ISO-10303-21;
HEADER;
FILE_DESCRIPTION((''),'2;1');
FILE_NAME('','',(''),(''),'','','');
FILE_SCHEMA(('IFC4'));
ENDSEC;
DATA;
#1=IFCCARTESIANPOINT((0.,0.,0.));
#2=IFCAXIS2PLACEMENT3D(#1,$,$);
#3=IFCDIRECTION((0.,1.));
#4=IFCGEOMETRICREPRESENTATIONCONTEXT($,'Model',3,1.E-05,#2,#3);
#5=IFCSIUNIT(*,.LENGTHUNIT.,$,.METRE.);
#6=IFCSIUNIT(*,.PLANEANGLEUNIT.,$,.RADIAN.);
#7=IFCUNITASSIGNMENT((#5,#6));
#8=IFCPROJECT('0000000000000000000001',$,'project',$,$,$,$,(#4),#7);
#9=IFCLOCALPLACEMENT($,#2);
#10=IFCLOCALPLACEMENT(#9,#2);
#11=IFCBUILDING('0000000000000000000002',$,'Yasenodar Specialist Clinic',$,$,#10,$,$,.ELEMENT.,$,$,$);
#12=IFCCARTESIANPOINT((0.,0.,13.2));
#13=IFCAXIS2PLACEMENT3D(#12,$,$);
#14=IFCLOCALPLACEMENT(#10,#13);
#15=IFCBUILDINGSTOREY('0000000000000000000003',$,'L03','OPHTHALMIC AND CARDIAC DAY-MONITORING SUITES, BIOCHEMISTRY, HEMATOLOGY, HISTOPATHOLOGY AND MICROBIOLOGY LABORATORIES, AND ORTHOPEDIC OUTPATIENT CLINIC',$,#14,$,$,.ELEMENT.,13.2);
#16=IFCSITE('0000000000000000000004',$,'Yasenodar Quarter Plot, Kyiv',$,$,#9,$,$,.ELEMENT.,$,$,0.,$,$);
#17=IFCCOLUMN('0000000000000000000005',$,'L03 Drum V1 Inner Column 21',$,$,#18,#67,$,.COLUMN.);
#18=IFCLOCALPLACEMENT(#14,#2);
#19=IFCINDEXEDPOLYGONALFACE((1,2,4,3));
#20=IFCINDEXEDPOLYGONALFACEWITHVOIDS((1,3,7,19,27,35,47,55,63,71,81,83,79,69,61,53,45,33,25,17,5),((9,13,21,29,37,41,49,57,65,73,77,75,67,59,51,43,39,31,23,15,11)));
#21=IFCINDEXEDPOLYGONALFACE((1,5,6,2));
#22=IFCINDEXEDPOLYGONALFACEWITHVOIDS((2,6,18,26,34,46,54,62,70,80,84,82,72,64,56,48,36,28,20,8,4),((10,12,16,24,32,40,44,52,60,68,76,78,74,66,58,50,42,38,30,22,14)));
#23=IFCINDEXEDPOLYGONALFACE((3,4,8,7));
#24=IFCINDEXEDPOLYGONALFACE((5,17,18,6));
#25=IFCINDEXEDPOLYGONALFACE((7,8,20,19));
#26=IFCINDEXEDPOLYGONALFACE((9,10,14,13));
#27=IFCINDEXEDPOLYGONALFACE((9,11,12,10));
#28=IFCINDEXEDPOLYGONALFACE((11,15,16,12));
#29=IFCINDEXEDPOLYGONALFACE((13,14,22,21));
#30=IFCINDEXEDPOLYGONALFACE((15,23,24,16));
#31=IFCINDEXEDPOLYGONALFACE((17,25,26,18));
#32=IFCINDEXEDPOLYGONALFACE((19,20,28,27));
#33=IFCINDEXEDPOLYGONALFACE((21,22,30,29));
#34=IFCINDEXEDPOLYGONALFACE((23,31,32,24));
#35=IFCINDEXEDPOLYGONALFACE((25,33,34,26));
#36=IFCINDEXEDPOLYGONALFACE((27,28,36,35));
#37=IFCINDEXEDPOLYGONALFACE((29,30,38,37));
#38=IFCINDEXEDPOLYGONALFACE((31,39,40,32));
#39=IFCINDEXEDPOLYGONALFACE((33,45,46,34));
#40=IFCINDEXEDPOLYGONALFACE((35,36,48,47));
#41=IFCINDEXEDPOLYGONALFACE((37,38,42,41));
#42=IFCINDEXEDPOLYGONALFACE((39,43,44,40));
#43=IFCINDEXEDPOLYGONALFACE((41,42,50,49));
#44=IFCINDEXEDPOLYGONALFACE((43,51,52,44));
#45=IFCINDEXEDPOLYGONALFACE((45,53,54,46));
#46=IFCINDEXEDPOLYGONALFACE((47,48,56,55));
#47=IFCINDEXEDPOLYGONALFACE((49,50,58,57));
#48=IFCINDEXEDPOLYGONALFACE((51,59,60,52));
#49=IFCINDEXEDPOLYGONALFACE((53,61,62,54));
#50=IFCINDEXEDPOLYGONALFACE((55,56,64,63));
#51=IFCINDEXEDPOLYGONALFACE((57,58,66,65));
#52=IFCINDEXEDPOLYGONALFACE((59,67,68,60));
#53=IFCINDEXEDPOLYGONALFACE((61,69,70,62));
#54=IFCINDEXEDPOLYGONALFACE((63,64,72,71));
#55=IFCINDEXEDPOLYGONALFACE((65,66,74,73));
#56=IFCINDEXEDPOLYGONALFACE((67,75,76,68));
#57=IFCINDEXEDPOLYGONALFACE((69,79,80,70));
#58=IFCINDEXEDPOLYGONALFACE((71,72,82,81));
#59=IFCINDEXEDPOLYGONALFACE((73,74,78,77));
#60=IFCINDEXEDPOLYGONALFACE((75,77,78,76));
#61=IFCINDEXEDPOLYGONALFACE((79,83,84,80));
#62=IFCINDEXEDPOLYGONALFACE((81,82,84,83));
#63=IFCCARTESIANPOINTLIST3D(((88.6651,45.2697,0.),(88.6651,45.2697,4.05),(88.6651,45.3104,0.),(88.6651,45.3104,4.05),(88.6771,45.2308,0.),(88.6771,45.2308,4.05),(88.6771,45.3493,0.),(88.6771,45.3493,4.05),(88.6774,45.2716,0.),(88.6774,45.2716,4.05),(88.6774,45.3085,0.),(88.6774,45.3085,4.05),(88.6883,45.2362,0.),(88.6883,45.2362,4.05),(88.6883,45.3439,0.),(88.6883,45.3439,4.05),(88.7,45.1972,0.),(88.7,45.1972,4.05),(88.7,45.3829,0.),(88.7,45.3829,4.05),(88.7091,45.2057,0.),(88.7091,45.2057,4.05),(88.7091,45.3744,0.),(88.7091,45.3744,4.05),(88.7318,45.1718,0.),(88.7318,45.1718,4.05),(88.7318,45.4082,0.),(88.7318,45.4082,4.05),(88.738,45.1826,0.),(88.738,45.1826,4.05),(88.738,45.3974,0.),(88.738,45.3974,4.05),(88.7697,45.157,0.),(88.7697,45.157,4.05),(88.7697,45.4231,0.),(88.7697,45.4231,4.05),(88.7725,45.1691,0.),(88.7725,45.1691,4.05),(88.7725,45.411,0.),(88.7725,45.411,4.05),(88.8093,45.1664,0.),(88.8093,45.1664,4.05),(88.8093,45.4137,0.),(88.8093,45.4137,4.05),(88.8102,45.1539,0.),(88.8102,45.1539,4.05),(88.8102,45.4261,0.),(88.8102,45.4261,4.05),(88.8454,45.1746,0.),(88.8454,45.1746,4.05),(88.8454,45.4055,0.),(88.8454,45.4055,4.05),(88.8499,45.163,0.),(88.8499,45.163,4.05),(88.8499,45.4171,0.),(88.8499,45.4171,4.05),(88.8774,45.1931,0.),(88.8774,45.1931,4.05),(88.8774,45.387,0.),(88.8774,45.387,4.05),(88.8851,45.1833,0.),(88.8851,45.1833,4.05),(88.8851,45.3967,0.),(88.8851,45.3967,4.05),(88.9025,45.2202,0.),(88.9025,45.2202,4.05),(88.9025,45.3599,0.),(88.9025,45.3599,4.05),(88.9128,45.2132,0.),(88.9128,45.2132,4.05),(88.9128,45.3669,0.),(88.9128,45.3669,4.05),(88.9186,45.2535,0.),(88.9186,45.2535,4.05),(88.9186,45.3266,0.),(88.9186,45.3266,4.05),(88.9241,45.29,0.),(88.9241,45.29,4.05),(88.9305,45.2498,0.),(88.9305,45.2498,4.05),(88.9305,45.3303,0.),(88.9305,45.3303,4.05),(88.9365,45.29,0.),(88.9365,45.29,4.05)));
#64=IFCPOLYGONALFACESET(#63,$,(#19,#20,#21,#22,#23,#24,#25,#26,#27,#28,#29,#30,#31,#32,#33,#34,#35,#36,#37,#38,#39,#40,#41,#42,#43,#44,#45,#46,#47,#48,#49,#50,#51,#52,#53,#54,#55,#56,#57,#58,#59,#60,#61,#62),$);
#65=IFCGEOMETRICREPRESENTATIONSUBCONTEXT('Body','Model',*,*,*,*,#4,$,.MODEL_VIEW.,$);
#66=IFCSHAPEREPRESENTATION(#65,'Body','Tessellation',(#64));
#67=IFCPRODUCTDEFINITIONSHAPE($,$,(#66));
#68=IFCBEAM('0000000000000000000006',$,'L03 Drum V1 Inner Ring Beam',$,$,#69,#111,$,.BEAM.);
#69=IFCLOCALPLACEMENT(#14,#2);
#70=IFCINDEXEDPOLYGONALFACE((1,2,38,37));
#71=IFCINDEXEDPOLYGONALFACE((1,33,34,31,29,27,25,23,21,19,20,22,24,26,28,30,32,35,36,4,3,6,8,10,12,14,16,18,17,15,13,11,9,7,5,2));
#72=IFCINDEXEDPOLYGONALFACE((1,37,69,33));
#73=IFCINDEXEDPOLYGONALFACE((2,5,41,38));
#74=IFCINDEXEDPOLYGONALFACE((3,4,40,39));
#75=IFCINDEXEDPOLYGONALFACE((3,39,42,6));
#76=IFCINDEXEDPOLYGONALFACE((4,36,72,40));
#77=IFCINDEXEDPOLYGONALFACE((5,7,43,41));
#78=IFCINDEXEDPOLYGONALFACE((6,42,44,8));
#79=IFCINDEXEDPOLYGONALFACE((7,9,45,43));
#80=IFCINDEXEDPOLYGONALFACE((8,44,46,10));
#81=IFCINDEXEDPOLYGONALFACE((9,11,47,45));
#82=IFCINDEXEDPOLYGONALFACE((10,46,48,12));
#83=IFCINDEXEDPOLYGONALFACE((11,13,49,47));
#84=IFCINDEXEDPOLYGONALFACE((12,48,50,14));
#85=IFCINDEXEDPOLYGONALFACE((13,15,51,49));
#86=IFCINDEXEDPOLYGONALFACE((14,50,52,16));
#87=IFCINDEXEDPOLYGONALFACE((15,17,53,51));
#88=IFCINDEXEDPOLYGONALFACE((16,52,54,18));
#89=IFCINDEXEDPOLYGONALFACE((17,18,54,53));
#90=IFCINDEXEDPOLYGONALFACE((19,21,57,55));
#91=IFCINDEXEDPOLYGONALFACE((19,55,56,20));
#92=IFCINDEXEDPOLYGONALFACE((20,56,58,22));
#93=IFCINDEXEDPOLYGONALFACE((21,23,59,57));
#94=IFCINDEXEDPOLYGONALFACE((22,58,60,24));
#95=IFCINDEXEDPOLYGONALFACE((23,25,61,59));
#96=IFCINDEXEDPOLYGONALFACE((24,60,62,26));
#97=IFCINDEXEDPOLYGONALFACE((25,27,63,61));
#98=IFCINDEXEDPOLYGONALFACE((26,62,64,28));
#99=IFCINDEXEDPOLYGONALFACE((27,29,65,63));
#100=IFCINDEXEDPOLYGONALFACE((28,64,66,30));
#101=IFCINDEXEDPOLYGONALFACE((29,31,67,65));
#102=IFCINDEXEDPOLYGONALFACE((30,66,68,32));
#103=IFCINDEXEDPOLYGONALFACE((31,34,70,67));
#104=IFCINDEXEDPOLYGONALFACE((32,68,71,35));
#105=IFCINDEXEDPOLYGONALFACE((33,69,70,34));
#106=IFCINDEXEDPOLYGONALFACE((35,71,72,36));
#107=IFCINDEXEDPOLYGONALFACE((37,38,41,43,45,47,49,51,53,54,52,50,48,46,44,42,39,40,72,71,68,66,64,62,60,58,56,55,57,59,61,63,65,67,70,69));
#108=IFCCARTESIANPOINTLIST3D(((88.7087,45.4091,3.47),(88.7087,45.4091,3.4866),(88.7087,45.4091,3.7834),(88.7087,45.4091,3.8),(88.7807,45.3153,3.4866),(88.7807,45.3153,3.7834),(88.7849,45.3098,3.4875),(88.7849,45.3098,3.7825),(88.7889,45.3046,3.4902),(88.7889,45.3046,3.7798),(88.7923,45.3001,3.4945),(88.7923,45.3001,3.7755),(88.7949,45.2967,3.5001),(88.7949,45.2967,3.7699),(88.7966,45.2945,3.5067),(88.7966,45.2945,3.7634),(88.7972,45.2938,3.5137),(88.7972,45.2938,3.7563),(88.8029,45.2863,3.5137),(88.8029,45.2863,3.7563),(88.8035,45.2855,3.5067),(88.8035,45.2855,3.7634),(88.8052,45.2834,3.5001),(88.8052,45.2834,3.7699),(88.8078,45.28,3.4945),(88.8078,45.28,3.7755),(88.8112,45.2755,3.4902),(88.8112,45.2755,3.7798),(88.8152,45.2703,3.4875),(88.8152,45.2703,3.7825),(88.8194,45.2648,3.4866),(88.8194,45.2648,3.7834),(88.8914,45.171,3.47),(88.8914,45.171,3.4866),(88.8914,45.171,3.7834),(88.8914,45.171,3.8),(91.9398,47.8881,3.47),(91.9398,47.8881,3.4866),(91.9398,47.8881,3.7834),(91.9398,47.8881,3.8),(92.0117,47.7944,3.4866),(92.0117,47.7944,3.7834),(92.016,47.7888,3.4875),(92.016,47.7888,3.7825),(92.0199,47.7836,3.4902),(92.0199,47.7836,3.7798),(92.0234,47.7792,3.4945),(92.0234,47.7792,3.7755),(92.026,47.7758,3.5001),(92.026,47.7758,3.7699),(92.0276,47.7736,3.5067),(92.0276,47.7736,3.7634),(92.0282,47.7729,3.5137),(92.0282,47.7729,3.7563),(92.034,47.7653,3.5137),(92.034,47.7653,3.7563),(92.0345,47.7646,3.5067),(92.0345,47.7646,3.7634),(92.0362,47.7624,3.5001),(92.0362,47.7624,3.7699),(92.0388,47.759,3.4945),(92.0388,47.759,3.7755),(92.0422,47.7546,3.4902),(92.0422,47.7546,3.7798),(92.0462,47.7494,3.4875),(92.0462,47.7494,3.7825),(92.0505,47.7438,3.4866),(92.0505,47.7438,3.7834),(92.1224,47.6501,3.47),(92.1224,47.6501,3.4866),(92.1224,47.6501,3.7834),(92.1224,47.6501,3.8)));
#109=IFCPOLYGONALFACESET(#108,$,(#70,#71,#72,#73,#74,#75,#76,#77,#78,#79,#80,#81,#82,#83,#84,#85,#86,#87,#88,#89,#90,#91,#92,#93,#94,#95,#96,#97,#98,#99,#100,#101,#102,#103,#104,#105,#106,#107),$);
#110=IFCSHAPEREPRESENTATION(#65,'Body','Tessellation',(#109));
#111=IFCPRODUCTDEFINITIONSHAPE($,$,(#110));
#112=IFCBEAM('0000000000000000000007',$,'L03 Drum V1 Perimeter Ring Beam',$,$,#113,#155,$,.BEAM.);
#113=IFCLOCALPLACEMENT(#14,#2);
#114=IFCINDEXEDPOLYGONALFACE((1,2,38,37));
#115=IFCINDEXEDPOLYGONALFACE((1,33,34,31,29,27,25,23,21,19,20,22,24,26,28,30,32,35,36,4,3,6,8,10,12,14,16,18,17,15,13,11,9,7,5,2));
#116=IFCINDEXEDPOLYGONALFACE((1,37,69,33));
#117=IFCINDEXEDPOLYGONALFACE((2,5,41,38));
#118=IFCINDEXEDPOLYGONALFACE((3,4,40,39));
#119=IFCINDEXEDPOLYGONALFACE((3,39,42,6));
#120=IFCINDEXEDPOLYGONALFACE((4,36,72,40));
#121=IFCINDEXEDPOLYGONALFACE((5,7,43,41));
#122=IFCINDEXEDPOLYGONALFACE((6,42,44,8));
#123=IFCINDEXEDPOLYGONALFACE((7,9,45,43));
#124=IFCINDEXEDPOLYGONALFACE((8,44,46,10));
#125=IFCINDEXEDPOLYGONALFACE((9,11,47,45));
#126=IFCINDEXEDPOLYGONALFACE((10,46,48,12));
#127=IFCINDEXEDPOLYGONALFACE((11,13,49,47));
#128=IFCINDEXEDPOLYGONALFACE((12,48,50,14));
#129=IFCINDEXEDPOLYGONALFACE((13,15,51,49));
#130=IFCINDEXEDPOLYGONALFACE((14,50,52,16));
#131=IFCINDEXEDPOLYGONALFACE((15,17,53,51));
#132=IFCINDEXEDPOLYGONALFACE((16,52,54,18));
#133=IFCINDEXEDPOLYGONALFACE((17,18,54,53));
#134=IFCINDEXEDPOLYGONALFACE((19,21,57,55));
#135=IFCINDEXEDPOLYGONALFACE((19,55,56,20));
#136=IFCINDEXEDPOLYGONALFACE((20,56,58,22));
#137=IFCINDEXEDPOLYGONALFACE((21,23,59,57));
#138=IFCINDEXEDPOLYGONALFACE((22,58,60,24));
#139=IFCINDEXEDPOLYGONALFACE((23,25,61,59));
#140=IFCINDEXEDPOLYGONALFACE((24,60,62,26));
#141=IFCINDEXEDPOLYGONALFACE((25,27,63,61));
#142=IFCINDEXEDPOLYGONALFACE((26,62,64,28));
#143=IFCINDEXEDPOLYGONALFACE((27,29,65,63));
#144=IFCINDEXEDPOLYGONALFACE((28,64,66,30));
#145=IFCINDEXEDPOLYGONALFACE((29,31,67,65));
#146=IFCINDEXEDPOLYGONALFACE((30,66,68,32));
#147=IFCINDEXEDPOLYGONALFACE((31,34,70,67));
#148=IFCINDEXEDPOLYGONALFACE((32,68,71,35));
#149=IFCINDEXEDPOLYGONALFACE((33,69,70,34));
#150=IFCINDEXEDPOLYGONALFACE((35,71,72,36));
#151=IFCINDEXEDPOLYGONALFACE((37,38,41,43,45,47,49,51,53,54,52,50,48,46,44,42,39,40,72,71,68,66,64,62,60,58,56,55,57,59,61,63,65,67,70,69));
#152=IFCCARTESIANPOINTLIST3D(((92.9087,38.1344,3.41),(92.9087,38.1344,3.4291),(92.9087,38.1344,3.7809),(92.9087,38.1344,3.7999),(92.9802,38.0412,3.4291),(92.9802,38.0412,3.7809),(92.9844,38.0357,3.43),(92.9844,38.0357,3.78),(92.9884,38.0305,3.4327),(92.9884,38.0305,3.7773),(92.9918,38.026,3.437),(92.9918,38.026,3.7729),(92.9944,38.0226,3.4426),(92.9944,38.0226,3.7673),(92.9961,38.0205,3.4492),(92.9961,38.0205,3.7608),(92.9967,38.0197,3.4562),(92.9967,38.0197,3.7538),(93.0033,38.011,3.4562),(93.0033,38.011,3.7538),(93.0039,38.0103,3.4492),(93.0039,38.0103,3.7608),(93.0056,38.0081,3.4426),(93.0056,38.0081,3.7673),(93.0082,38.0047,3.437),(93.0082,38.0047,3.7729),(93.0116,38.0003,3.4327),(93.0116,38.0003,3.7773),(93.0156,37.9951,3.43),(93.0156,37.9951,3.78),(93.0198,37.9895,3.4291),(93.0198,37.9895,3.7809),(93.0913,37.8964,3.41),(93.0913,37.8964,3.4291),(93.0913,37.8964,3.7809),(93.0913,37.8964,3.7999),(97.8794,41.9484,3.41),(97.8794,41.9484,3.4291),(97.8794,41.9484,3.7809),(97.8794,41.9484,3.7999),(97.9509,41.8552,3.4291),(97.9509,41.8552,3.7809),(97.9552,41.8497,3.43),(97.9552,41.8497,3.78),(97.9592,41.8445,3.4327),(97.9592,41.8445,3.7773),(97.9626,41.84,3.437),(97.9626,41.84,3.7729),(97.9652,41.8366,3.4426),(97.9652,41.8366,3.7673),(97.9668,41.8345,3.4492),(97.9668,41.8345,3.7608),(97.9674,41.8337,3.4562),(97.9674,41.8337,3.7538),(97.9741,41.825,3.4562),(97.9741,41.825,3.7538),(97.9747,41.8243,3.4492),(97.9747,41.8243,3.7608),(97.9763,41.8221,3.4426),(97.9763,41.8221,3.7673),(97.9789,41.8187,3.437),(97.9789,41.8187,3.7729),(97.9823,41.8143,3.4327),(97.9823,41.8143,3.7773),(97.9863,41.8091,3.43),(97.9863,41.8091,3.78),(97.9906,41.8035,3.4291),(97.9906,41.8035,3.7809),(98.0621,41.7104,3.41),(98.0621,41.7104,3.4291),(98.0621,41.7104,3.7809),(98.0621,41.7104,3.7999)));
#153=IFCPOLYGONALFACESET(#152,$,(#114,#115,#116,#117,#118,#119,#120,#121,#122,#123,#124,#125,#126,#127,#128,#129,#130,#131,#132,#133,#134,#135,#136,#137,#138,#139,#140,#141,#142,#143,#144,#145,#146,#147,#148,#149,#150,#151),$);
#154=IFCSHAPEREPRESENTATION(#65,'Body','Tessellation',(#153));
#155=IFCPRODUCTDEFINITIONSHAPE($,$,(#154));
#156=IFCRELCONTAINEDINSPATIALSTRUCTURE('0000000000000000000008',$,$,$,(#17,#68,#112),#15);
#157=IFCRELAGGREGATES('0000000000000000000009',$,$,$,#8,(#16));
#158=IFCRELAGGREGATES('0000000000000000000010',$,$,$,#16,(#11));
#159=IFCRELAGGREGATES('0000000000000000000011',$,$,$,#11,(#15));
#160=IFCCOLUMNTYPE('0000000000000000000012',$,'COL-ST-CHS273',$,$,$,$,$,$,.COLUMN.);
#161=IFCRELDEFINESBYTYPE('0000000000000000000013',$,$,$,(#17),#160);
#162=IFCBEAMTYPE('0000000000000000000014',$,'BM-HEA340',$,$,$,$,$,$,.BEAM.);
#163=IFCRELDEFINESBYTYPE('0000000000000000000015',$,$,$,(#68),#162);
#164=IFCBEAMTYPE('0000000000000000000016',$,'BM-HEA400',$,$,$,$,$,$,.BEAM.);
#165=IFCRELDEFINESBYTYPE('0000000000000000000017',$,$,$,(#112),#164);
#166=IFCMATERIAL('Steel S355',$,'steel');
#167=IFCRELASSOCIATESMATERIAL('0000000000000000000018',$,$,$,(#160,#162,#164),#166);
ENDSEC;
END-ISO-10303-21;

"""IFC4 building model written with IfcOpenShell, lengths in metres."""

from ifc_helpers import new_model, si_unit, direction, frame, origin, origin_2d, place, context, subcontext, project, spatial, hollow_circle, i_section, extrude, material, material_profile, profile_set, type_object, element, save


model = new_model("IFC4")

# Units and contexts
model_context = context("Model", 3, precision=1e-05, world=origin(), true_north=direction((0.0, 1.0)))
body_context = subcontext(model_context, "Body", "Model", "MODEL_VIEW")
ifc_project = project(units=[si_unit("LENGTHUNIT", "METRE"), si_unit("PLANEANGLEUNIT", "RADIAN")], contexts=[model_context])

# Site, building, storey
site_placement = place(None, origin())
site = spatial("IfcSite", under=ifc_project, at=site_placement, Name="Yasenodar Quarter Plot, Kyiv", CompositionType="ELEMENT", RefElevation=0.0)
building_placement = place(site_placement, origin())
building = spatial("IfcBuilding", under=site, at=building_placement, Name="Yasenodar Specialist Clinic", CompositionType="ELEMENT")
storey_placement = place(building_placement, frame((0.0, 0.0, 13.2)))
storey = spatial("IfcBuildingStorey", under=building, at=storey_placement, Name="L03", Description="OPHTHALMIC AND CARDIAC DAY-MONITORING SUITES, BIOCHEMISTRY, HEMATOLOGY, HISTOPATHOLOGY AND MICROBIOLOGY LABORATORIES, AND ORTHOPEDIC OUTPATIENT CLINIC", CompositionType="ELEMENT", Elevation=13.2)

# Column
ifc_material_1 = material(Name="Steel S355", Category="steel")
ifc_material_profile_1 = material_profile(ifc_material_1, hollow_circle(Radius=0.1365, WallThickness=0.0125, at=origin_2d()), Name="CHS 273x12.5")
ifc_profile_set_1 = profile_set([ifc_material_profile_1], Name="Steel S355")
column_type = type_object("IfcColumnType", Name="COL-ST-CHS273", PredefinedType="COLUMN", material=ifc_profile_set_1)
column_placement = place(storey_placement, frame((88.8, 45.29, 0.0), z_axis=(0.0, 0.0, 1.0), x_axis=(1.0, 0.0, 0.0)))
element("IfcColumn", 1, at=column_placement, inside=storey, type_object=column_type, Name="L03 Drum V1 Inner Column 21", PredefinedType="COLUMN", context=body_context, shape_type="SweptSolid", body=[
    extrude(hollow_circle(Radius=0.1365, WallThickness=0.0125, at=origin_2d()), origin(), (0.0, 0.0, 1.0), 4.05),
])

# Beams
ifc_material_profile_2 = material_profile(ifc_material_1, i_section(OverallWidth=0.3, OverallDepth=0.3301, WebThickness=0.0095, FlangeThickness=0.0166, FilletRadius=0.0271, at=origin_2d()), Name="HEA 340")
ifc_profile_set_2 = profile_set([ifc_material_profile_2], Name="Steel S355")
beam_type_1 = type_object("IfcBeamType", Name="BM-HEA340", PredefinedType="BEAM", material=ifc_profile_set_2)
beam_1_placement = place(storey_placement, frame((88.8, 45.29, 3.635), z_axis=(0.793377, 0.608731, 0.0), x_axis=(-0.608731, 0.793377, 0.0)))
element("IfcBeam", 2, at=beam_1_placement, inside=storey, type_object=beam_type_1, Name="L03 Drum V1 Inner Ring Beam", PredefinedType="BEAM", context=body_context, shape_type="SweptSolid", body=[
    extrude(i_section(OverallWidth=0.3, OverallDepth=0.3301, WebThickness=0.0095, FlangeThickness=0.0166, FilletRadius=0.0271, at=origin_2d()), origin(), (0.0, 0.0, 1.0), 4.0725),
])
ifc_material_profile_3 = material_profile(ifc_material_1, i_section(OverallWidth=0.3, OverallDepth=0.3899, WebThickness=0.011, FlangeThickness=0.019, FilletRadius=0.0271, at=origin_2d()), Name="HEA 400")
ifc_profile_set_3 = profile_set([ifc_material_profile_3], Name="Steel S355")
beam_type_2 = type_object("IfcBeamType", Name="BM-HEA400", PredefinedType="BEAM", material=ifc_profile_set_3)
beam_2_placement = place(storey_placement, frame((93.0, 38.0154, 3.605), z_axis=(0.793368, 0.608742, 0.0), x_axis=(-0.608742, 0.793368, 0.0)))
element("IfcBeam", 3, at=beam_2_placement, inside=storey, type_object=beam_type_2, Name="L03 Drum V1 Perimeter Ring Beam", PredefinedType="BEAM", context=body_context, shape_type="SweptSolid", body=[
    extrude(i_section(OverallWidth=0.3, OverallDepth=0.3899, WebThickness=0.011, FlangeThickness=0.019, FilletRadius=0.0271, at=origin_2d()), origin(), (0.0, 0.0, 1.0), 6.2654),
])

save(model, "model.ifc")
